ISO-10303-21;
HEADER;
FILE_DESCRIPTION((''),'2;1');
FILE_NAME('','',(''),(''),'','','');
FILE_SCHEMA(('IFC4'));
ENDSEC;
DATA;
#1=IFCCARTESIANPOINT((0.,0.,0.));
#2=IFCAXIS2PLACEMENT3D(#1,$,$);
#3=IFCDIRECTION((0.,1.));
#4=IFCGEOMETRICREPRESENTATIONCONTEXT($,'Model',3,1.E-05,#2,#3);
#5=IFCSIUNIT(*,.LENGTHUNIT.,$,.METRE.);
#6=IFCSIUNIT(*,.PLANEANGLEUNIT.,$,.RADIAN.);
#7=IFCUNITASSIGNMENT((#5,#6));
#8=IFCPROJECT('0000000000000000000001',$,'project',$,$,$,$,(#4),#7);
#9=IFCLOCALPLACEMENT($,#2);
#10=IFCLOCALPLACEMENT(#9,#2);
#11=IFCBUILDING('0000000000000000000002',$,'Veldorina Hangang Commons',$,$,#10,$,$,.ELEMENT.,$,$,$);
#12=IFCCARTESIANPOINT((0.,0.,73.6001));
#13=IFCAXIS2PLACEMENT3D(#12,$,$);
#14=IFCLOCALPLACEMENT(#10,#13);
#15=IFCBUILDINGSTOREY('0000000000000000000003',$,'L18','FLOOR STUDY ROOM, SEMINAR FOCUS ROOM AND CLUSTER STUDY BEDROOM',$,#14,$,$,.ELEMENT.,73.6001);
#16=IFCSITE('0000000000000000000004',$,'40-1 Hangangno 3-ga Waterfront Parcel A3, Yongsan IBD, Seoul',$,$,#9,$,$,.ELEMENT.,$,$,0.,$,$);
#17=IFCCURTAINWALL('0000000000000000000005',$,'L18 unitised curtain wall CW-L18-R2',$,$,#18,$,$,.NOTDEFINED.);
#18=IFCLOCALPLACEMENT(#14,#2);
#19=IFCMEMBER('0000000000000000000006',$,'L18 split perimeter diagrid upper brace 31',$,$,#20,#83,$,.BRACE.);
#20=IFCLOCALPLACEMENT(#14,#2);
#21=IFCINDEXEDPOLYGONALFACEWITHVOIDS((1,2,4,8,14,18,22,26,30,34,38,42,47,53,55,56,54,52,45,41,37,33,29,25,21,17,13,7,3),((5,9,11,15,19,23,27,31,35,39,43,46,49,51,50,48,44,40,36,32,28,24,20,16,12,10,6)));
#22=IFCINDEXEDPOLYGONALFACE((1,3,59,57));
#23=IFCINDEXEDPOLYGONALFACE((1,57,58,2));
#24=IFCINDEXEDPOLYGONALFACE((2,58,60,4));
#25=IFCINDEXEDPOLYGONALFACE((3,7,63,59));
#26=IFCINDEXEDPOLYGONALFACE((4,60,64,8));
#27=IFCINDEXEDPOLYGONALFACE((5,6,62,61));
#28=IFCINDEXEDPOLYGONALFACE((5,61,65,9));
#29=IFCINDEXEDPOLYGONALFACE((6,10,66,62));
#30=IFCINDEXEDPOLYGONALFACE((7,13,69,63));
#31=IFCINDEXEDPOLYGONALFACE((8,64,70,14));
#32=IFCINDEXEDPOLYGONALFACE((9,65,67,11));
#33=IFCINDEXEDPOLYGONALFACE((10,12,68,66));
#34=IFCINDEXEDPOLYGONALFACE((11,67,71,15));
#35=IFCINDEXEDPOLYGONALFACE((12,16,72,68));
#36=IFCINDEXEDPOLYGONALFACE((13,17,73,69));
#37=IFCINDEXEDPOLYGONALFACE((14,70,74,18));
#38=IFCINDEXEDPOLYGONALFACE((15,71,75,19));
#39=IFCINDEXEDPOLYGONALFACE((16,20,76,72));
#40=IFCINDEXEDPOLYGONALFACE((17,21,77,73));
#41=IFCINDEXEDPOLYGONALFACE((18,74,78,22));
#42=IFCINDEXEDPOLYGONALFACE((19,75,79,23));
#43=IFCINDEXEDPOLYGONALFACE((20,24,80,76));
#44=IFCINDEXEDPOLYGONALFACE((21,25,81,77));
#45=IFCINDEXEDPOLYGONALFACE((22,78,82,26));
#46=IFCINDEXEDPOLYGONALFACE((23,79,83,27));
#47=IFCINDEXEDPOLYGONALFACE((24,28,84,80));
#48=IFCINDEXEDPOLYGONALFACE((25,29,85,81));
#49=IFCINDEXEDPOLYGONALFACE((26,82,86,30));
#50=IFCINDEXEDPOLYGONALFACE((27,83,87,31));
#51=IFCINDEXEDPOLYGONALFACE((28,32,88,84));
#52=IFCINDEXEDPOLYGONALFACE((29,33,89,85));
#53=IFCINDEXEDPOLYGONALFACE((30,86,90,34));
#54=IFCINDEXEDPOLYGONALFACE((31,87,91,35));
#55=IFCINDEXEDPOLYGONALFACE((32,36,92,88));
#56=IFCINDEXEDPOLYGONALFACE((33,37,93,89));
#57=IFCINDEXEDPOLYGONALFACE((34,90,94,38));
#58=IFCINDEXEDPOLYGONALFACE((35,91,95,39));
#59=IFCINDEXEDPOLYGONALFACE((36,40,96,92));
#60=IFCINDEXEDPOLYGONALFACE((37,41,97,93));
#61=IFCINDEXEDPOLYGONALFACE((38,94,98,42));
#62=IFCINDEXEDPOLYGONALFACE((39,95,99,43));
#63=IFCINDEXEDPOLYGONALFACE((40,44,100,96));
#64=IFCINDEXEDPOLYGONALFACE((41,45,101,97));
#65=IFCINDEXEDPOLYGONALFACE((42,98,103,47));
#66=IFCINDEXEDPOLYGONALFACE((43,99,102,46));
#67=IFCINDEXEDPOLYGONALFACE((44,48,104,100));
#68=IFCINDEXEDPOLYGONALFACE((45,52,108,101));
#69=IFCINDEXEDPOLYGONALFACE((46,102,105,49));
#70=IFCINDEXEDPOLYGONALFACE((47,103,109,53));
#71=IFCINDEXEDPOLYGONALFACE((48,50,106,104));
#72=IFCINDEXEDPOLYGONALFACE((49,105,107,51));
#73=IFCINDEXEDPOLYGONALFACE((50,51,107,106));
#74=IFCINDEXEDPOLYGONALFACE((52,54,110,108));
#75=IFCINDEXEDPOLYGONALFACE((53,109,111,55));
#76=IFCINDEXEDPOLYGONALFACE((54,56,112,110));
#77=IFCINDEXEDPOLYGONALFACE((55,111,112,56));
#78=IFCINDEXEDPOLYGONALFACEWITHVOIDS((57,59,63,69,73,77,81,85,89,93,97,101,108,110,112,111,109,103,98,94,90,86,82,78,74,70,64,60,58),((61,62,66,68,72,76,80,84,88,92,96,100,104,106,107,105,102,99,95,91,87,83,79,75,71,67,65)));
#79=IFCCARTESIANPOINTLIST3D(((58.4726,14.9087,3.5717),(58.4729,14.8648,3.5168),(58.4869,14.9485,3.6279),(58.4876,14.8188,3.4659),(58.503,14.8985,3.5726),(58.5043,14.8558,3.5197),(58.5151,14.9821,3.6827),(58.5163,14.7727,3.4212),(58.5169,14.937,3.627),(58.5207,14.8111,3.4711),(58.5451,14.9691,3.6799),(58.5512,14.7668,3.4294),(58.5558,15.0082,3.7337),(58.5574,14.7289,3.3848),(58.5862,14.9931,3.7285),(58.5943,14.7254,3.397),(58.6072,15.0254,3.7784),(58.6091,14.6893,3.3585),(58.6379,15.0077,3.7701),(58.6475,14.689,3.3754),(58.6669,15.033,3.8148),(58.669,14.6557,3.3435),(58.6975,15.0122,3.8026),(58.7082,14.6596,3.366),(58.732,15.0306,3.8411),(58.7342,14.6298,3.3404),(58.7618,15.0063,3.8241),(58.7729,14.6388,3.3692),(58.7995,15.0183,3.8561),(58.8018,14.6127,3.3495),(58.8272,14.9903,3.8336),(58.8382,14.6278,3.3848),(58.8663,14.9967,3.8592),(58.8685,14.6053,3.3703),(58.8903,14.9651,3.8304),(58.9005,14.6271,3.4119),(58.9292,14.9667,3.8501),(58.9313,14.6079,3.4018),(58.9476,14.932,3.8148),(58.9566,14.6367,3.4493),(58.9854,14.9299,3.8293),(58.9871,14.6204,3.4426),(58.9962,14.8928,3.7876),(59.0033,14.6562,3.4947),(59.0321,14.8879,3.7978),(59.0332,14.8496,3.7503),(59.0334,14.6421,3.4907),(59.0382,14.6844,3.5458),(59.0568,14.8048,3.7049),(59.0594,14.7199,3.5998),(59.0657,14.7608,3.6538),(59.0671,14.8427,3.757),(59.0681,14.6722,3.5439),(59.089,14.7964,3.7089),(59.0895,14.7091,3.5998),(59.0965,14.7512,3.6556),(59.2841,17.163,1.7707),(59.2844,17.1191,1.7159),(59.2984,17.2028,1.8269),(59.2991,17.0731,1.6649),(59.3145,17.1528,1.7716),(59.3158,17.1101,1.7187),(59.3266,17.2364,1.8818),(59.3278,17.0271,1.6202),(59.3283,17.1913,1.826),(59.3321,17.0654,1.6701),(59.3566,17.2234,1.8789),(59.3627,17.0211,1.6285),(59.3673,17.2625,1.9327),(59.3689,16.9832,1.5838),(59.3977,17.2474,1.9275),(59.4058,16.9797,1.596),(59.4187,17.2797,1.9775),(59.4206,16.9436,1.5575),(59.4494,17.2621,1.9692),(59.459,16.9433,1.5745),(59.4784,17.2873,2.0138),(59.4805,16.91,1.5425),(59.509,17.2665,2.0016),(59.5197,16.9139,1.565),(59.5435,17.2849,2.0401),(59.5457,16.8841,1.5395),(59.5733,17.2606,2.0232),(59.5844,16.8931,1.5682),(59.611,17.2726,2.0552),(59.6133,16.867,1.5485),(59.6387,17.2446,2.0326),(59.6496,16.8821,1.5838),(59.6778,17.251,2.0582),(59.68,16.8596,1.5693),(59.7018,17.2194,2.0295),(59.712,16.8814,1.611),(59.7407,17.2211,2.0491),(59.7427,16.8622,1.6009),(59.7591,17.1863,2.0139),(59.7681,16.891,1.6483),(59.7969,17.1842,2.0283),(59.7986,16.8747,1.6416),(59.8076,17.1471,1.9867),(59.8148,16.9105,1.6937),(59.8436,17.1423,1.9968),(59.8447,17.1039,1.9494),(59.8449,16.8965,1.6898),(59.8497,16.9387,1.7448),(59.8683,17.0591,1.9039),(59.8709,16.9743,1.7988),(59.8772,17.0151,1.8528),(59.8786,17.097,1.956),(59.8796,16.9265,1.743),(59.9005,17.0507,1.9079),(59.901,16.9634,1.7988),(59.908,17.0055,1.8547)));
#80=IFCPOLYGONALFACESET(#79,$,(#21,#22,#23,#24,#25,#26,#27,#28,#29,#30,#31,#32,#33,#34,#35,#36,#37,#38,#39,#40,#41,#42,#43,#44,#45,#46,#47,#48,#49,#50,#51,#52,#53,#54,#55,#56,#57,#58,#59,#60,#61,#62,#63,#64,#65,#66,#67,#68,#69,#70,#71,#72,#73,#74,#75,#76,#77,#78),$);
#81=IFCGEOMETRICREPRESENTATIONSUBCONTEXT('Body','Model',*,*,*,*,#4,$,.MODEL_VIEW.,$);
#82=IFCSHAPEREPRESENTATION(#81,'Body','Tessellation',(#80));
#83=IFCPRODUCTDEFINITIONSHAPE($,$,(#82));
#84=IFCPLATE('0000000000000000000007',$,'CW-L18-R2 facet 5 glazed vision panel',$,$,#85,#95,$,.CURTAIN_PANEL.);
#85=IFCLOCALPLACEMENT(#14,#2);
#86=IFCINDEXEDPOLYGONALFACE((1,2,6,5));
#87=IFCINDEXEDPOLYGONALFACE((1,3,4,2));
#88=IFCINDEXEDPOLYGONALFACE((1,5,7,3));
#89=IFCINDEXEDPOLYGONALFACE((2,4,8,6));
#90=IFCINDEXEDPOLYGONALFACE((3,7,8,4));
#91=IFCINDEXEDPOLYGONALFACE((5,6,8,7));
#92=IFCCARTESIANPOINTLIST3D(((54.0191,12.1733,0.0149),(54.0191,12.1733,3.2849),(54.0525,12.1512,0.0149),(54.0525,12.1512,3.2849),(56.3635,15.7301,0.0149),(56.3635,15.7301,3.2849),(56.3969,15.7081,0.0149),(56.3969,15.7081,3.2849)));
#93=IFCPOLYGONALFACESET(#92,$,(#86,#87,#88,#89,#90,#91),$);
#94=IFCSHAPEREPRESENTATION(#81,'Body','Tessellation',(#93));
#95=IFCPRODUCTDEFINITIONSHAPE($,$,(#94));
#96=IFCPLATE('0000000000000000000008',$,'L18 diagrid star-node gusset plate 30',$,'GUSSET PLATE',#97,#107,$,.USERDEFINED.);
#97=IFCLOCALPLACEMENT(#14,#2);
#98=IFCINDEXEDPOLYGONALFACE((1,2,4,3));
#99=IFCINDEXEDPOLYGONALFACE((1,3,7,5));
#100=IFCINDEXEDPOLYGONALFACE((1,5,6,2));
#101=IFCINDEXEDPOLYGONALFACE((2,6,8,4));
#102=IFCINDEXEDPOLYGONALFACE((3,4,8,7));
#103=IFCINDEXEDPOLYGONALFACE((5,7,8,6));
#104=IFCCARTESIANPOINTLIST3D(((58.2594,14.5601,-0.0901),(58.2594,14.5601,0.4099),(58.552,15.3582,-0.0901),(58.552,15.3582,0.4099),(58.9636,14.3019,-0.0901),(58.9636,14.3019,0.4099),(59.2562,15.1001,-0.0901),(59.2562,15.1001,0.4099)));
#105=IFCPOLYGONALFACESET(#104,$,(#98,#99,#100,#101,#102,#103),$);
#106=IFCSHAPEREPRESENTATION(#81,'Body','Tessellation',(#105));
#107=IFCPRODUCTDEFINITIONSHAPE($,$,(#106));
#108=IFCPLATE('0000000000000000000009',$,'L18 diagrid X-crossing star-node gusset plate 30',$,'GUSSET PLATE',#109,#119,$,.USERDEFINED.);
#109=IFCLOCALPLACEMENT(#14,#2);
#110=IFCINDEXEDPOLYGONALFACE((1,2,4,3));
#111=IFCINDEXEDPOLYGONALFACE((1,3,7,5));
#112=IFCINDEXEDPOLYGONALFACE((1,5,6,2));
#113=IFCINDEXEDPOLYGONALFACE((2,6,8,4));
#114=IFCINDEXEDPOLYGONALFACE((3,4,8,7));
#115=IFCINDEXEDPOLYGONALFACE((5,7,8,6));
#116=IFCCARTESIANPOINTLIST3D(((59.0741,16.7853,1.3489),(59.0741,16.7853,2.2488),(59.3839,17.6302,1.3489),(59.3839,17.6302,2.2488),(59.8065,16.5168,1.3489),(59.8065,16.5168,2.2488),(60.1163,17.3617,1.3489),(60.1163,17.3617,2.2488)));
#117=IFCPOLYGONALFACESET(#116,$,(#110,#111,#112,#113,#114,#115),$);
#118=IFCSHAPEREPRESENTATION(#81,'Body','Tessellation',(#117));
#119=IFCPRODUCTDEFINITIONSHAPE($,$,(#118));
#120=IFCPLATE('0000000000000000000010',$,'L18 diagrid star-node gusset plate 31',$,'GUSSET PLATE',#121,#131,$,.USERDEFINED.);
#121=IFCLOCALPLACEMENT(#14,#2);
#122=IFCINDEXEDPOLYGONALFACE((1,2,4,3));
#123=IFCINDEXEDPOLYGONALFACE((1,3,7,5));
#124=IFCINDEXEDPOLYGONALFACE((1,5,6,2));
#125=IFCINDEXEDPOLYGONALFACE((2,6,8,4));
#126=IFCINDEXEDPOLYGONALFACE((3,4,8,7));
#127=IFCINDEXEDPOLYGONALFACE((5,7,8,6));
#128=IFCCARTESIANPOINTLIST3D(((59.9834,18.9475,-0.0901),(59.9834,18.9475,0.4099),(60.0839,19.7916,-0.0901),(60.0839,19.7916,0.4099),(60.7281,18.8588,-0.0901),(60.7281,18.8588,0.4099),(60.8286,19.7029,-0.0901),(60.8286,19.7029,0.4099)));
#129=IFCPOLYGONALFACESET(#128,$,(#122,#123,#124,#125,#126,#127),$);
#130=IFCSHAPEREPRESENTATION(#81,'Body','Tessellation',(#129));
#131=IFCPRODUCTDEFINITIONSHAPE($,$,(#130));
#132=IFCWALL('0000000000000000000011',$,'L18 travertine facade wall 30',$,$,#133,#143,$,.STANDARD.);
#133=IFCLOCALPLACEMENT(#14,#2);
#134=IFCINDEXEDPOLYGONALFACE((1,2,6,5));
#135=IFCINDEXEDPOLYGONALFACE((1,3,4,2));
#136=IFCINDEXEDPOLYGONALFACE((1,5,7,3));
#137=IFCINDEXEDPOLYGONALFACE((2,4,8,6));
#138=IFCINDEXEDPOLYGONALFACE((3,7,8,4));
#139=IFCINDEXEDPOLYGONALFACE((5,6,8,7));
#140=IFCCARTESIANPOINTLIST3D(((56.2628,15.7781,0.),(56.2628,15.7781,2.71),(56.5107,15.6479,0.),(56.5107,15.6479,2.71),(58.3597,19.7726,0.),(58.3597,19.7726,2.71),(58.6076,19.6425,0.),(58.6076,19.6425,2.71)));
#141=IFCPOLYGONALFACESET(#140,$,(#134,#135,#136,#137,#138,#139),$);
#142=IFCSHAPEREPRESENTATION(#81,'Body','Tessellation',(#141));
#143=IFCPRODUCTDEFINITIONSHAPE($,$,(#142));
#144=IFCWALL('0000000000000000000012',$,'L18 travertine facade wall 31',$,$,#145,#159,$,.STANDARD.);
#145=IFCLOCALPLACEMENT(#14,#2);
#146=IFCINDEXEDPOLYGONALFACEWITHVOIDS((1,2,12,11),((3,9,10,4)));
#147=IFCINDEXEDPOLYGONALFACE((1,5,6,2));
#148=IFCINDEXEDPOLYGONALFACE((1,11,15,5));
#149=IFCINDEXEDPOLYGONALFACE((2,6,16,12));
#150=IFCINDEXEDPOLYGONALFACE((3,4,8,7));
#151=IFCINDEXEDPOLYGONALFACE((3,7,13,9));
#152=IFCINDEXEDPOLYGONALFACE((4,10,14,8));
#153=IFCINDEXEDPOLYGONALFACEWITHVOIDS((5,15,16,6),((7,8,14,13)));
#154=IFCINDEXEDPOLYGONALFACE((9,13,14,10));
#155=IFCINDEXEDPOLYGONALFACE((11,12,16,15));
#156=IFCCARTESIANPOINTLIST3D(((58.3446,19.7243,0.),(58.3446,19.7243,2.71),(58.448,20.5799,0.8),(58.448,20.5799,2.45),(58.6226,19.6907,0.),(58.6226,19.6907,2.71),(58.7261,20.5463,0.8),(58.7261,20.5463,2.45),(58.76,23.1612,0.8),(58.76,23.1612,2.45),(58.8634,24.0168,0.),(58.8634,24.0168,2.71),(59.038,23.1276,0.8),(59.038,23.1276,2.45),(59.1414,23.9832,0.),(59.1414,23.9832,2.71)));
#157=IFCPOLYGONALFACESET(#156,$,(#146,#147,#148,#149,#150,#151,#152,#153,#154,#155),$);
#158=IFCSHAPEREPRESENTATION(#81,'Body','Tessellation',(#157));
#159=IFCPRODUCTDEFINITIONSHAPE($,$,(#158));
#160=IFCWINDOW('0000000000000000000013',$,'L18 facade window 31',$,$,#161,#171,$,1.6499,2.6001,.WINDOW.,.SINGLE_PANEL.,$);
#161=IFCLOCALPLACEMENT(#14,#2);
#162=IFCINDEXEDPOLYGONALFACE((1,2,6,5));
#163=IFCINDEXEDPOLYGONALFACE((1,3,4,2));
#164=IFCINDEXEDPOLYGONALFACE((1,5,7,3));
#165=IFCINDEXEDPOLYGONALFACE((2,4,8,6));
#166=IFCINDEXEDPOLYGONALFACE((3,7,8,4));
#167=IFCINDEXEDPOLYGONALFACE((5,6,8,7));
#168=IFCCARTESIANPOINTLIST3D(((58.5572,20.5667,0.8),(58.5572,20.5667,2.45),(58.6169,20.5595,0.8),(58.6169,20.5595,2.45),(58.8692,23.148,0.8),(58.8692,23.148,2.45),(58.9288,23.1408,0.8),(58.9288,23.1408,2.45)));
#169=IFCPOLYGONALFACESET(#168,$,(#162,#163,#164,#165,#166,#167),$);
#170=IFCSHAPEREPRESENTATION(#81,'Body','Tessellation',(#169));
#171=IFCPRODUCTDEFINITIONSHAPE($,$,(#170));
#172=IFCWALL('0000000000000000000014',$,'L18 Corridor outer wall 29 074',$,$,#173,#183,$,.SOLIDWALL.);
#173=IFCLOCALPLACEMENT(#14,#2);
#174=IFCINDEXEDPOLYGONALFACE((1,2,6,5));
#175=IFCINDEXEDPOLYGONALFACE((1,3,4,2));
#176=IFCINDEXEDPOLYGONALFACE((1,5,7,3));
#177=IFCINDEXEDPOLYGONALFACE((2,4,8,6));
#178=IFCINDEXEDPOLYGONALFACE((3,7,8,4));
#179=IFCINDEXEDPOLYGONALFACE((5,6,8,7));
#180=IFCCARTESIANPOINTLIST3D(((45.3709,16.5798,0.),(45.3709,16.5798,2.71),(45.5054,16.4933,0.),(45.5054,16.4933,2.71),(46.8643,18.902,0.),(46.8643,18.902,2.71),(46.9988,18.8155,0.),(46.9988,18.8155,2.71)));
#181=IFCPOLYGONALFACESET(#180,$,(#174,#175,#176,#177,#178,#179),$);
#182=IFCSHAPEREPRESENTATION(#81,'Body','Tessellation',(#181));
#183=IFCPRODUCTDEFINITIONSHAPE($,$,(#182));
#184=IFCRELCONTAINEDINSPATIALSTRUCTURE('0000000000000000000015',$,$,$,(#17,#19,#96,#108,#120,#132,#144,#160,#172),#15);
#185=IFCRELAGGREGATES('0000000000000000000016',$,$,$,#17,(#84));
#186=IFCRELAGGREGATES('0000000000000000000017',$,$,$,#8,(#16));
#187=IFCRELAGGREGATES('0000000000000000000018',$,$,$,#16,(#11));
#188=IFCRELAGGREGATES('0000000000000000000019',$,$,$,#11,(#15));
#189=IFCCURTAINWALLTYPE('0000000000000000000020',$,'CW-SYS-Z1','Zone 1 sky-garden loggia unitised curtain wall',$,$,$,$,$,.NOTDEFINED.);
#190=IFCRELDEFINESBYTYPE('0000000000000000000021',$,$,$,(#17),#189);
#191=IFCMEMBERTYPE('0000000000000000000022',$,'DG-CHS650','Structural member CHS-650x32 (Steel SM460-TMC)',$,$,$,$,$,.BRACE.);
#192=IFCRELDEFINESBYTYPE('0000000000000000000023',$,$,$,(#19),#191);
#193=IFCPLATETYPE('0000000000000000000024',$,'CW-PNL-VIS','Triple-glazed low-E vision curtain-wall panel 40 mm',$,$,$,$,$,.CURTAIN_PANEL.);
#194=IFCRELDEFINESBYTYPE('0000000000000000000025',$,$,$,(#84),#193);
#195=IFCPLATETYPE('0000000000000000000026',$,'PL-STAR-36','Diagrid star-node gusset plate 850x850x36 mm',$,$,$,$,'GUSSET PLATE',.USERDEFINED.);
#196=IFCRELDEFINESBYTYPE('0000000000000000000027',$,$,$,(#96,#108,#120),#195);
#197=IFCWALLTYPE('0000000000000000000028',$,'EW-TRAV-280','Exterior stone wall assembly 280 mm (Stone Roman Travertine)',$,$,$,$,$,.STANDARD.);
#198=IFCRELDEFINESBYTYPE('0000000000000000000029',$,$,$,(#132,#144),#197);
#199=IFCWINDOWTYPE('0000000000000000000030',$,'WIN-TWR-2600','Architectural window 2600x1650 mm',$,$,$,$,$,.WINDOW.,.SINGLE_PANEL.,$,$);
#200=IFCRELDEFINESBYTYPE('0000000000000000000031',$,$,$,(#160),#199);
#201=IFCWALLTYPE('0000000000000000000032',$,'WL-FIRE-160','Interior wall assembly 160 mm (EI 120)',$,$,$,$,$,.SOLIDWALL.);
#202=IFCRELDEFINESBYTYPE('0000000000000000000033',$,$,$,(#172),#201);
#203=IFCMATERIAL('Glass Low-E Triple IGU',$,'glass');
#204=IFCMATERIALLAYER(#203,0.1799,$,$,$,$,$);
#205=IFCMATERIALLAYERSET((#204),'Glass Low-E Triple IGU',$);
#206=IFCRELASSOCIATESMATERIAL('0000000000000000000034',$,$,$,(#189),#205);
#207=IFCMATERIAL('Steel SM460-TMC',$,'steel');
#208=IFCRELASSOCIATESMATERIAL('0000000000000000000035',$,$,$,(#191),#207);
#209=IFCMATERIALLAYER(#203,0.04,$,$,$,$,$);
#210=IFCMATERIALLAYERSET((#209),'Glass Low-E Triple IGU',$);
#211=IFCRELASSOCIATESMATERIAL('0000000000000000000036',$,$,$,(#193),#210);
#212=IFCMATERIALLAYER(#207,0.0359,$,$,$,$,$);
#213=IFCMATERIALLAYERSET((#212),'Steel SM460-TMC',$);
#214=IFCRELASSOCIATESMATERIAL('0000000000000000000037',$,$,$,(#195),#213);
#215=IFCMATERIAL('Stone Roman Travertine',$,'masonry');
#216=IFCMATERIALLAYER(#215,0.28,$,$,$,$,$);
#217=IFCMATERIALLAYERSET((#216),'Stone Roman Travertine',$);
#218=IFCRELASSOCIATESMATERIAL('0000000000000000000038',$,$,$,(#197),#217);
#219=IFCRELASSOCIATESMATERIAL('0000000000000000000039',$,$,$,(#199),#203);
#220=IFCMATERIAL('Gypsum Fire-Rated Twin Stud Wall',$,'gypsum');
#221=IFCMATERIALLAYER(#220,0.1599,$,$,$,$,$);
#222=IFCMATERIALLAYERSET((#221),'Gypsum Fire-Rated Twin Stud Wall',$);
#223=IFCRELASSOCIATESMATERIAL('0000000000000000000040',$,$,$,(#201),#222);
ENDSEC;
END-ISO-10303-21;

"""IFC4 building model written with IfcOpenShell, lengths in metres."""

from ifc_helpers import new_model, si_unit, direction, frame, frame_2d, origin, origin_2d, place, context, subcontext, project, spatial, rectangle, hollow_circle, extrude, material, layer, layer_set, material_profile, profile_set, type_object, element, fill, aggregate, save


model = new_model("IFC4")

# Units and contexts
model_context = context("Model", 3, precision=1e-05, world=origin(), true_north=direction((0.0, 1.0)))
body_context = subcontext(model_context, "Body", "Model", "MODEL_VIEW")
ifc_project = project(units=[si_unit("LENGTHUNIT", "METRE"), si_unit("PLANEANGLEUNIT", "RADIAN")], contexts=[model_context])

# Site, building, storey
site_placement = place(None, origin())
site = spatial("IfcSite", under=ifc_project, at=site_placement, Name="40-1 Hangangno 3-ga Waterfront Parcel A3, Yongsan IBD, Seoul", CompositionType="ELEMENT", RefElevation=0.0)
building_placement = place(site_placement, origin())
building = spatial("IfcBuilding", under=site, at=building_placement, Name="Veldorina Hangang Commons", CompositionType="ELEMENT")
storey_placement = place(building_placement, frame((0.0, 0.0, 73.6001)))
storey = spatial("IfcBuildingStorey", under=building, at=storey_placement, Name="L18", Description="FLOOR STUDY ROOM, SEMINAR FOCUS ROOM AND CLUSTER STUDY BEDROOM", CompositionType="ELEMENT", Elevation=73.6001)

# Curtain wall
ifc_material_1 = material(Name="Glass Low-E Triple IGU", Category="glass")
ifc_layer_1 = layer(ifc_material_1, 0.1799)
ifc_layer_set_1 = layer_set([ifc_layer_1], Name="Glass Low-E Triple IGU")
curtain_wall_type = type_object("IfcCurtainWallType", Name="CW-SYS-Z1", Description="Zone 1 sky-garden loggia unitised curtain wall", PredefinedType="NOTDEFINED", material=ifc_layer_set_1)
curtain_wall_placement = place(storey_placement, origin())
curtain_wall = element("IfcCurtainWall", 1, at=curtain_wall_placement, inside=storey, type_object=curtain_wall_type, Name="L18 unitised curtain wall CW-L18-R2", PredefinedType="NOTDEFINED")

# Member
ifc_material_2 = material(Name="Steel SM460-TMC", Category="steel")
ifc_material_profile_1 = material_profile(ifc_material_2, hollow_circle(Radius=0.325, WallThickness=0.032, at=origin_2d()), Name="CHS-650x32")
ifc_profile_set_1 = profile_set([ifc_material_profile_1], Name="Steel SM460-TMC")
member_type_1 = type_object("IfcMemberType", Name="DG-CHS650", Description="Structural member CHS-650x32 (Steel SM460-TMC)", PredefinedType="BRACE", material=ifc_profile_set_1)
member_1_placement = place(storey_placement, frame((59.5952, 17.0735, 1.7988), z_axis=(-0.27074, -0.75211, 0.600858), x_axis=(0.940895, -0.338698, 0.0)))
element("IfcMember", 2, at=member_1_placement, inside=storey, type_object=member_type_1, Name="L18 split perimeter diagrid upper brace 31", PredefinedType="BRACE", context=body_context, shape_type="SweptSolid", body=[
    extrude(hollow_circle(Radius=0.325, WallThickness=0.032, at=origin_2d()), origin(), (0.0, 0.0, 1.0), 2.9973),
])

# Plate
ifc_layer_2 = layer(ifc_material_1, 0.04)
ifc_layer_set_2 = layer_set([ifc_layer_2], Name="Glass Low-E Triple IGU")
plate_type_1 = type_object("IfcPlateType", Name="CW-PNL-VIS", Description="Triple-glazed low-E vision curtain-wall panel 40 mm", PredefinedType="CURTAIN_PANEL", material=ifc_layer_set_2)
plate_1_placement = place(storey_placement, frame((55.208, 13.9407, 0.0149), z_axis=(0.0, 0.0, 1.0), x_axis=(0.550335, 0.834944, 0.0)))
plate_1 = element("IfcPlate", 3, at=plate_1_placement, type_object=plate_type_1, Name="CW-L18-R2 facet 5 glazed vision panel", PredefinedType="CURTAIN_PANEL", context=body_context, shape_type="SweptSolid", body=[
    extrude(rectangle(XDim=4.26, YDim=0.04, at=origin_2d()), origin(), (0.0, 0.0, 1.0), 3.27),
])
aggregate(curtain_wall, [plate_1])

# Plates
ifc_layer_3 = layer(ifc_material_2, 0.0359)
ifc_layer_set_3 = layer_set([ifc_layer_3], Name="Steel SM460-TMC")
plate_type_2 = type_object("IfcPlateType", Name="PL-STAR-36", Description="Diagrid star-node gusset plate 850x850x36 mm", ElementType="GUSSET PLATE", PredefinedType="USERDEFINED", material=ifc_layer_set_3)
plate_2_placement = place(storey_placement, frame((58.7578, 14.8301, -0.0901), z_axis=(0.0, 0.0, 1.0), x_axis=(0.344233, 0.938884, 0.0)))
element("IfcPlate", 4, at=plate_2_placement, inside=storey, type_object=plate_type_2, Name="L18 diagrid star-node gusset plate 30", ObjectType="GUSSET PLATE", PredefinedType="USERDEFINED", context=body_context, shape_type="SweptSolid", body=[
    extrude(rectangle(XDim=0.8501, YDim=0.75, at=origin_2d()), origin(), (0.0, 0.0, 1.0), 0.5),
])
plate_3_placement = place(storey_placement, frame((59.5952, 17.0735, 1.3489), z_axis=(0.0, 0.0, 1.0), x_axis=(0.344233, 0.938884, 0.0)))
element("IfcPlate", 5, at=plate_3_placement, inside=storey, type_object=plate_type_2, Name="L18 diagrid X-crossing star-node gusset plate 30", ObjectType="GUSSET PLATE", PredefinedType="USERDEFINED", context=body_context, shape_type="SweptSolid", body=[
    extrude(rectangle(XDim=0.8999, YDim=0.78, at=origin_2d()), origin(), (0.0, 0.0, 1.0), 0.8999),
])
plate_4_placement = place(storey_placement, frame((60.406, 19.3252, -0.0901), z_axis=(0.0, 0.0, 1.0), x_axis=(0.118213, 0.992988, 0.0)))
element("IfcPlate", 6, at=plate_4_placement, inside=storey, type_object=plate_type_2, Name="L18 diagrid star-node gusset plate 31", ObjectType="GUSSET PLATE", PredefinedType="USERDEFINED", context=body_context, shape_type="SweptSolid", body=[
    extrude(rectangle(XDim=0.8501, YDim=0.75, at=origin_2d()), origin(), (0.0, 0.0, 1.0), 0.5),
])

# Wall
ifc_material_3 = material(Name="Stone Roman Travertine", Category="masonry")
ifc_layer_4 = layer(ifc_material_3, 0.28)
ifc_layer_set_4 = layer_set([ifc_layer_4], Name="Stone Roman Travertine")
wall_type_1 = type_object("IfcWallType", Name="EW-TRAV-280", Description="Exterior stone wall assembly 280 mm (Stone Roman Travertine)", PredefinedType="STANDARD", material=ifc_layer_set_4)
wall_1_placement = place(storey_placement, frame((56.3867, 15.7129, 0.0), z_axis=(0.0, 0.0, 1.0), x_axis=(0.464789, 0.885421, 0.0)))
element("IfcWall", 7, at=wall_1_placement, inside=storey, type_object=wall_type_1, Name="L18 travertine facade wall 30", PredefinedType="STANDARD", context=body_context, shape_type="SweptSolid", body=[
    extrude(rectangle(XDim=4.5115, YDim=0.28, at=frame_2d((2.2559, 0.0))), origin(), (0.0, 0.0, 1.0), 2.71),
])

# Wall, opening, window
wall_2_placement = place(storey_placement, frame((58.4836, 19.7075, 0.0), z_axis=(0.0, 0.0, 1.0), x_axis=(0.119989, 0.992775, 0.0)))
wall_2 = element("IfcWall", 8, at=wall_2_placement, inside=storey, type_object=wall_type_1, Name="L18 travertine facade wall 31", PredefinedType="STANDARD", context=body_context, shape_type="SweptSolid", body=[
    extrude(rectangle(XDim=4.3237, YDim=0.28, at=frame_2d((2.1619, 0.0))), origin(), (0.0, 0.0, 1.0), 2.71),
])
opening_1_placement = place(wall_2_placement, frame((0.8618, 0.0, 0.8)))
opening_1 = element("IfcOpeningElement", 9, at=opening_1_placement, cuts=wall_2, PredefinedType="OPENING", context=body_context, shape_type="SweptSolid", body=[
    extrude(rectangle(XDim=2.6001, YDim=1.6499, at=frame_2d((1.3, 0.825))), frame((0.0, 0.1499, 0.0), z_axis=(0.0, -1.0, 0.0), x_axis=(1.0, 0.0, 0.0)), (0.0, 0.0, 1.0), 0.3),
])
window_type = type_object("IfcWindowType", Name="WIN-TWR-2600", Description="Architectural window 2600x1650 mm", PartitioningType="SINGLE_PANEL", PredefinedType="WINDOW", material=ifc_material_1)
window_placement = place(opening_1_placement, origin())
window = element("IfcWindow", 10, at=window_placement, inside=storey, type_object=window_type, Name="L18 facade window 31", OverallHeight=1.6499, OverallWidth=2.6001, PartitioningType="SINGLE_PANEL", PredefinedType="WINDOW", context=body_context, shape_type="SweptSolid", body=[
    extrude(rectangle(XDim=2.6001, YDim=1.6499, at=frame_2d((1.3, 0.825))), frame((0.0, 0.03, 0.0), z_axis=(0.0, -1.0, 0.0), x_axis=(1.0, 0.0, 0.0)), (0.0, 0.0, 1.0), 0.0601),
])
fill(opening_1, window)

# Wall
ifc_material_4 = material(Name="Gypsum Fire-Rated Twin Stud Wall", Category="gypsum")
ifc_layer_5 = layer(ifc_material_4, 0.1599)
ifc_layer_set_5 = layer_set([ifc_layer_5], Name="Gypsum Fire-Rated Twin Stud Wall")
wall_type_2 = type_object("IfcWallType", Name="WL-FIRE-160", Description="Interior wall assembly 160 mm (EI 120)", PredefinedType="SOLIDWALL", material=ifc_layer_set_5)
wall_3_placement = place(storey_placement, frame((45.4382, 16.5366, 0.0), z_axis=(0.0, 0.0, 1.0), x_axis=(0.540892, 0.841092, 0.0)))
element("IfcWall", 11, at=wall_3_placement, inside=storey, type_object=wall_type_2, Name="L18 Corridor outer wall 29 074", PredefinedType="SOLIDWALL", context=body_context, shape_type="SweptSolid", body=[
    extrude(rectangle(XDim=2.761, YDim=0.1599, at=frame_2d((1.3804, 0.0))), origin(), (0.0, 0.0, 1.0), 2.71),
])

save(model, "model.ifc")
